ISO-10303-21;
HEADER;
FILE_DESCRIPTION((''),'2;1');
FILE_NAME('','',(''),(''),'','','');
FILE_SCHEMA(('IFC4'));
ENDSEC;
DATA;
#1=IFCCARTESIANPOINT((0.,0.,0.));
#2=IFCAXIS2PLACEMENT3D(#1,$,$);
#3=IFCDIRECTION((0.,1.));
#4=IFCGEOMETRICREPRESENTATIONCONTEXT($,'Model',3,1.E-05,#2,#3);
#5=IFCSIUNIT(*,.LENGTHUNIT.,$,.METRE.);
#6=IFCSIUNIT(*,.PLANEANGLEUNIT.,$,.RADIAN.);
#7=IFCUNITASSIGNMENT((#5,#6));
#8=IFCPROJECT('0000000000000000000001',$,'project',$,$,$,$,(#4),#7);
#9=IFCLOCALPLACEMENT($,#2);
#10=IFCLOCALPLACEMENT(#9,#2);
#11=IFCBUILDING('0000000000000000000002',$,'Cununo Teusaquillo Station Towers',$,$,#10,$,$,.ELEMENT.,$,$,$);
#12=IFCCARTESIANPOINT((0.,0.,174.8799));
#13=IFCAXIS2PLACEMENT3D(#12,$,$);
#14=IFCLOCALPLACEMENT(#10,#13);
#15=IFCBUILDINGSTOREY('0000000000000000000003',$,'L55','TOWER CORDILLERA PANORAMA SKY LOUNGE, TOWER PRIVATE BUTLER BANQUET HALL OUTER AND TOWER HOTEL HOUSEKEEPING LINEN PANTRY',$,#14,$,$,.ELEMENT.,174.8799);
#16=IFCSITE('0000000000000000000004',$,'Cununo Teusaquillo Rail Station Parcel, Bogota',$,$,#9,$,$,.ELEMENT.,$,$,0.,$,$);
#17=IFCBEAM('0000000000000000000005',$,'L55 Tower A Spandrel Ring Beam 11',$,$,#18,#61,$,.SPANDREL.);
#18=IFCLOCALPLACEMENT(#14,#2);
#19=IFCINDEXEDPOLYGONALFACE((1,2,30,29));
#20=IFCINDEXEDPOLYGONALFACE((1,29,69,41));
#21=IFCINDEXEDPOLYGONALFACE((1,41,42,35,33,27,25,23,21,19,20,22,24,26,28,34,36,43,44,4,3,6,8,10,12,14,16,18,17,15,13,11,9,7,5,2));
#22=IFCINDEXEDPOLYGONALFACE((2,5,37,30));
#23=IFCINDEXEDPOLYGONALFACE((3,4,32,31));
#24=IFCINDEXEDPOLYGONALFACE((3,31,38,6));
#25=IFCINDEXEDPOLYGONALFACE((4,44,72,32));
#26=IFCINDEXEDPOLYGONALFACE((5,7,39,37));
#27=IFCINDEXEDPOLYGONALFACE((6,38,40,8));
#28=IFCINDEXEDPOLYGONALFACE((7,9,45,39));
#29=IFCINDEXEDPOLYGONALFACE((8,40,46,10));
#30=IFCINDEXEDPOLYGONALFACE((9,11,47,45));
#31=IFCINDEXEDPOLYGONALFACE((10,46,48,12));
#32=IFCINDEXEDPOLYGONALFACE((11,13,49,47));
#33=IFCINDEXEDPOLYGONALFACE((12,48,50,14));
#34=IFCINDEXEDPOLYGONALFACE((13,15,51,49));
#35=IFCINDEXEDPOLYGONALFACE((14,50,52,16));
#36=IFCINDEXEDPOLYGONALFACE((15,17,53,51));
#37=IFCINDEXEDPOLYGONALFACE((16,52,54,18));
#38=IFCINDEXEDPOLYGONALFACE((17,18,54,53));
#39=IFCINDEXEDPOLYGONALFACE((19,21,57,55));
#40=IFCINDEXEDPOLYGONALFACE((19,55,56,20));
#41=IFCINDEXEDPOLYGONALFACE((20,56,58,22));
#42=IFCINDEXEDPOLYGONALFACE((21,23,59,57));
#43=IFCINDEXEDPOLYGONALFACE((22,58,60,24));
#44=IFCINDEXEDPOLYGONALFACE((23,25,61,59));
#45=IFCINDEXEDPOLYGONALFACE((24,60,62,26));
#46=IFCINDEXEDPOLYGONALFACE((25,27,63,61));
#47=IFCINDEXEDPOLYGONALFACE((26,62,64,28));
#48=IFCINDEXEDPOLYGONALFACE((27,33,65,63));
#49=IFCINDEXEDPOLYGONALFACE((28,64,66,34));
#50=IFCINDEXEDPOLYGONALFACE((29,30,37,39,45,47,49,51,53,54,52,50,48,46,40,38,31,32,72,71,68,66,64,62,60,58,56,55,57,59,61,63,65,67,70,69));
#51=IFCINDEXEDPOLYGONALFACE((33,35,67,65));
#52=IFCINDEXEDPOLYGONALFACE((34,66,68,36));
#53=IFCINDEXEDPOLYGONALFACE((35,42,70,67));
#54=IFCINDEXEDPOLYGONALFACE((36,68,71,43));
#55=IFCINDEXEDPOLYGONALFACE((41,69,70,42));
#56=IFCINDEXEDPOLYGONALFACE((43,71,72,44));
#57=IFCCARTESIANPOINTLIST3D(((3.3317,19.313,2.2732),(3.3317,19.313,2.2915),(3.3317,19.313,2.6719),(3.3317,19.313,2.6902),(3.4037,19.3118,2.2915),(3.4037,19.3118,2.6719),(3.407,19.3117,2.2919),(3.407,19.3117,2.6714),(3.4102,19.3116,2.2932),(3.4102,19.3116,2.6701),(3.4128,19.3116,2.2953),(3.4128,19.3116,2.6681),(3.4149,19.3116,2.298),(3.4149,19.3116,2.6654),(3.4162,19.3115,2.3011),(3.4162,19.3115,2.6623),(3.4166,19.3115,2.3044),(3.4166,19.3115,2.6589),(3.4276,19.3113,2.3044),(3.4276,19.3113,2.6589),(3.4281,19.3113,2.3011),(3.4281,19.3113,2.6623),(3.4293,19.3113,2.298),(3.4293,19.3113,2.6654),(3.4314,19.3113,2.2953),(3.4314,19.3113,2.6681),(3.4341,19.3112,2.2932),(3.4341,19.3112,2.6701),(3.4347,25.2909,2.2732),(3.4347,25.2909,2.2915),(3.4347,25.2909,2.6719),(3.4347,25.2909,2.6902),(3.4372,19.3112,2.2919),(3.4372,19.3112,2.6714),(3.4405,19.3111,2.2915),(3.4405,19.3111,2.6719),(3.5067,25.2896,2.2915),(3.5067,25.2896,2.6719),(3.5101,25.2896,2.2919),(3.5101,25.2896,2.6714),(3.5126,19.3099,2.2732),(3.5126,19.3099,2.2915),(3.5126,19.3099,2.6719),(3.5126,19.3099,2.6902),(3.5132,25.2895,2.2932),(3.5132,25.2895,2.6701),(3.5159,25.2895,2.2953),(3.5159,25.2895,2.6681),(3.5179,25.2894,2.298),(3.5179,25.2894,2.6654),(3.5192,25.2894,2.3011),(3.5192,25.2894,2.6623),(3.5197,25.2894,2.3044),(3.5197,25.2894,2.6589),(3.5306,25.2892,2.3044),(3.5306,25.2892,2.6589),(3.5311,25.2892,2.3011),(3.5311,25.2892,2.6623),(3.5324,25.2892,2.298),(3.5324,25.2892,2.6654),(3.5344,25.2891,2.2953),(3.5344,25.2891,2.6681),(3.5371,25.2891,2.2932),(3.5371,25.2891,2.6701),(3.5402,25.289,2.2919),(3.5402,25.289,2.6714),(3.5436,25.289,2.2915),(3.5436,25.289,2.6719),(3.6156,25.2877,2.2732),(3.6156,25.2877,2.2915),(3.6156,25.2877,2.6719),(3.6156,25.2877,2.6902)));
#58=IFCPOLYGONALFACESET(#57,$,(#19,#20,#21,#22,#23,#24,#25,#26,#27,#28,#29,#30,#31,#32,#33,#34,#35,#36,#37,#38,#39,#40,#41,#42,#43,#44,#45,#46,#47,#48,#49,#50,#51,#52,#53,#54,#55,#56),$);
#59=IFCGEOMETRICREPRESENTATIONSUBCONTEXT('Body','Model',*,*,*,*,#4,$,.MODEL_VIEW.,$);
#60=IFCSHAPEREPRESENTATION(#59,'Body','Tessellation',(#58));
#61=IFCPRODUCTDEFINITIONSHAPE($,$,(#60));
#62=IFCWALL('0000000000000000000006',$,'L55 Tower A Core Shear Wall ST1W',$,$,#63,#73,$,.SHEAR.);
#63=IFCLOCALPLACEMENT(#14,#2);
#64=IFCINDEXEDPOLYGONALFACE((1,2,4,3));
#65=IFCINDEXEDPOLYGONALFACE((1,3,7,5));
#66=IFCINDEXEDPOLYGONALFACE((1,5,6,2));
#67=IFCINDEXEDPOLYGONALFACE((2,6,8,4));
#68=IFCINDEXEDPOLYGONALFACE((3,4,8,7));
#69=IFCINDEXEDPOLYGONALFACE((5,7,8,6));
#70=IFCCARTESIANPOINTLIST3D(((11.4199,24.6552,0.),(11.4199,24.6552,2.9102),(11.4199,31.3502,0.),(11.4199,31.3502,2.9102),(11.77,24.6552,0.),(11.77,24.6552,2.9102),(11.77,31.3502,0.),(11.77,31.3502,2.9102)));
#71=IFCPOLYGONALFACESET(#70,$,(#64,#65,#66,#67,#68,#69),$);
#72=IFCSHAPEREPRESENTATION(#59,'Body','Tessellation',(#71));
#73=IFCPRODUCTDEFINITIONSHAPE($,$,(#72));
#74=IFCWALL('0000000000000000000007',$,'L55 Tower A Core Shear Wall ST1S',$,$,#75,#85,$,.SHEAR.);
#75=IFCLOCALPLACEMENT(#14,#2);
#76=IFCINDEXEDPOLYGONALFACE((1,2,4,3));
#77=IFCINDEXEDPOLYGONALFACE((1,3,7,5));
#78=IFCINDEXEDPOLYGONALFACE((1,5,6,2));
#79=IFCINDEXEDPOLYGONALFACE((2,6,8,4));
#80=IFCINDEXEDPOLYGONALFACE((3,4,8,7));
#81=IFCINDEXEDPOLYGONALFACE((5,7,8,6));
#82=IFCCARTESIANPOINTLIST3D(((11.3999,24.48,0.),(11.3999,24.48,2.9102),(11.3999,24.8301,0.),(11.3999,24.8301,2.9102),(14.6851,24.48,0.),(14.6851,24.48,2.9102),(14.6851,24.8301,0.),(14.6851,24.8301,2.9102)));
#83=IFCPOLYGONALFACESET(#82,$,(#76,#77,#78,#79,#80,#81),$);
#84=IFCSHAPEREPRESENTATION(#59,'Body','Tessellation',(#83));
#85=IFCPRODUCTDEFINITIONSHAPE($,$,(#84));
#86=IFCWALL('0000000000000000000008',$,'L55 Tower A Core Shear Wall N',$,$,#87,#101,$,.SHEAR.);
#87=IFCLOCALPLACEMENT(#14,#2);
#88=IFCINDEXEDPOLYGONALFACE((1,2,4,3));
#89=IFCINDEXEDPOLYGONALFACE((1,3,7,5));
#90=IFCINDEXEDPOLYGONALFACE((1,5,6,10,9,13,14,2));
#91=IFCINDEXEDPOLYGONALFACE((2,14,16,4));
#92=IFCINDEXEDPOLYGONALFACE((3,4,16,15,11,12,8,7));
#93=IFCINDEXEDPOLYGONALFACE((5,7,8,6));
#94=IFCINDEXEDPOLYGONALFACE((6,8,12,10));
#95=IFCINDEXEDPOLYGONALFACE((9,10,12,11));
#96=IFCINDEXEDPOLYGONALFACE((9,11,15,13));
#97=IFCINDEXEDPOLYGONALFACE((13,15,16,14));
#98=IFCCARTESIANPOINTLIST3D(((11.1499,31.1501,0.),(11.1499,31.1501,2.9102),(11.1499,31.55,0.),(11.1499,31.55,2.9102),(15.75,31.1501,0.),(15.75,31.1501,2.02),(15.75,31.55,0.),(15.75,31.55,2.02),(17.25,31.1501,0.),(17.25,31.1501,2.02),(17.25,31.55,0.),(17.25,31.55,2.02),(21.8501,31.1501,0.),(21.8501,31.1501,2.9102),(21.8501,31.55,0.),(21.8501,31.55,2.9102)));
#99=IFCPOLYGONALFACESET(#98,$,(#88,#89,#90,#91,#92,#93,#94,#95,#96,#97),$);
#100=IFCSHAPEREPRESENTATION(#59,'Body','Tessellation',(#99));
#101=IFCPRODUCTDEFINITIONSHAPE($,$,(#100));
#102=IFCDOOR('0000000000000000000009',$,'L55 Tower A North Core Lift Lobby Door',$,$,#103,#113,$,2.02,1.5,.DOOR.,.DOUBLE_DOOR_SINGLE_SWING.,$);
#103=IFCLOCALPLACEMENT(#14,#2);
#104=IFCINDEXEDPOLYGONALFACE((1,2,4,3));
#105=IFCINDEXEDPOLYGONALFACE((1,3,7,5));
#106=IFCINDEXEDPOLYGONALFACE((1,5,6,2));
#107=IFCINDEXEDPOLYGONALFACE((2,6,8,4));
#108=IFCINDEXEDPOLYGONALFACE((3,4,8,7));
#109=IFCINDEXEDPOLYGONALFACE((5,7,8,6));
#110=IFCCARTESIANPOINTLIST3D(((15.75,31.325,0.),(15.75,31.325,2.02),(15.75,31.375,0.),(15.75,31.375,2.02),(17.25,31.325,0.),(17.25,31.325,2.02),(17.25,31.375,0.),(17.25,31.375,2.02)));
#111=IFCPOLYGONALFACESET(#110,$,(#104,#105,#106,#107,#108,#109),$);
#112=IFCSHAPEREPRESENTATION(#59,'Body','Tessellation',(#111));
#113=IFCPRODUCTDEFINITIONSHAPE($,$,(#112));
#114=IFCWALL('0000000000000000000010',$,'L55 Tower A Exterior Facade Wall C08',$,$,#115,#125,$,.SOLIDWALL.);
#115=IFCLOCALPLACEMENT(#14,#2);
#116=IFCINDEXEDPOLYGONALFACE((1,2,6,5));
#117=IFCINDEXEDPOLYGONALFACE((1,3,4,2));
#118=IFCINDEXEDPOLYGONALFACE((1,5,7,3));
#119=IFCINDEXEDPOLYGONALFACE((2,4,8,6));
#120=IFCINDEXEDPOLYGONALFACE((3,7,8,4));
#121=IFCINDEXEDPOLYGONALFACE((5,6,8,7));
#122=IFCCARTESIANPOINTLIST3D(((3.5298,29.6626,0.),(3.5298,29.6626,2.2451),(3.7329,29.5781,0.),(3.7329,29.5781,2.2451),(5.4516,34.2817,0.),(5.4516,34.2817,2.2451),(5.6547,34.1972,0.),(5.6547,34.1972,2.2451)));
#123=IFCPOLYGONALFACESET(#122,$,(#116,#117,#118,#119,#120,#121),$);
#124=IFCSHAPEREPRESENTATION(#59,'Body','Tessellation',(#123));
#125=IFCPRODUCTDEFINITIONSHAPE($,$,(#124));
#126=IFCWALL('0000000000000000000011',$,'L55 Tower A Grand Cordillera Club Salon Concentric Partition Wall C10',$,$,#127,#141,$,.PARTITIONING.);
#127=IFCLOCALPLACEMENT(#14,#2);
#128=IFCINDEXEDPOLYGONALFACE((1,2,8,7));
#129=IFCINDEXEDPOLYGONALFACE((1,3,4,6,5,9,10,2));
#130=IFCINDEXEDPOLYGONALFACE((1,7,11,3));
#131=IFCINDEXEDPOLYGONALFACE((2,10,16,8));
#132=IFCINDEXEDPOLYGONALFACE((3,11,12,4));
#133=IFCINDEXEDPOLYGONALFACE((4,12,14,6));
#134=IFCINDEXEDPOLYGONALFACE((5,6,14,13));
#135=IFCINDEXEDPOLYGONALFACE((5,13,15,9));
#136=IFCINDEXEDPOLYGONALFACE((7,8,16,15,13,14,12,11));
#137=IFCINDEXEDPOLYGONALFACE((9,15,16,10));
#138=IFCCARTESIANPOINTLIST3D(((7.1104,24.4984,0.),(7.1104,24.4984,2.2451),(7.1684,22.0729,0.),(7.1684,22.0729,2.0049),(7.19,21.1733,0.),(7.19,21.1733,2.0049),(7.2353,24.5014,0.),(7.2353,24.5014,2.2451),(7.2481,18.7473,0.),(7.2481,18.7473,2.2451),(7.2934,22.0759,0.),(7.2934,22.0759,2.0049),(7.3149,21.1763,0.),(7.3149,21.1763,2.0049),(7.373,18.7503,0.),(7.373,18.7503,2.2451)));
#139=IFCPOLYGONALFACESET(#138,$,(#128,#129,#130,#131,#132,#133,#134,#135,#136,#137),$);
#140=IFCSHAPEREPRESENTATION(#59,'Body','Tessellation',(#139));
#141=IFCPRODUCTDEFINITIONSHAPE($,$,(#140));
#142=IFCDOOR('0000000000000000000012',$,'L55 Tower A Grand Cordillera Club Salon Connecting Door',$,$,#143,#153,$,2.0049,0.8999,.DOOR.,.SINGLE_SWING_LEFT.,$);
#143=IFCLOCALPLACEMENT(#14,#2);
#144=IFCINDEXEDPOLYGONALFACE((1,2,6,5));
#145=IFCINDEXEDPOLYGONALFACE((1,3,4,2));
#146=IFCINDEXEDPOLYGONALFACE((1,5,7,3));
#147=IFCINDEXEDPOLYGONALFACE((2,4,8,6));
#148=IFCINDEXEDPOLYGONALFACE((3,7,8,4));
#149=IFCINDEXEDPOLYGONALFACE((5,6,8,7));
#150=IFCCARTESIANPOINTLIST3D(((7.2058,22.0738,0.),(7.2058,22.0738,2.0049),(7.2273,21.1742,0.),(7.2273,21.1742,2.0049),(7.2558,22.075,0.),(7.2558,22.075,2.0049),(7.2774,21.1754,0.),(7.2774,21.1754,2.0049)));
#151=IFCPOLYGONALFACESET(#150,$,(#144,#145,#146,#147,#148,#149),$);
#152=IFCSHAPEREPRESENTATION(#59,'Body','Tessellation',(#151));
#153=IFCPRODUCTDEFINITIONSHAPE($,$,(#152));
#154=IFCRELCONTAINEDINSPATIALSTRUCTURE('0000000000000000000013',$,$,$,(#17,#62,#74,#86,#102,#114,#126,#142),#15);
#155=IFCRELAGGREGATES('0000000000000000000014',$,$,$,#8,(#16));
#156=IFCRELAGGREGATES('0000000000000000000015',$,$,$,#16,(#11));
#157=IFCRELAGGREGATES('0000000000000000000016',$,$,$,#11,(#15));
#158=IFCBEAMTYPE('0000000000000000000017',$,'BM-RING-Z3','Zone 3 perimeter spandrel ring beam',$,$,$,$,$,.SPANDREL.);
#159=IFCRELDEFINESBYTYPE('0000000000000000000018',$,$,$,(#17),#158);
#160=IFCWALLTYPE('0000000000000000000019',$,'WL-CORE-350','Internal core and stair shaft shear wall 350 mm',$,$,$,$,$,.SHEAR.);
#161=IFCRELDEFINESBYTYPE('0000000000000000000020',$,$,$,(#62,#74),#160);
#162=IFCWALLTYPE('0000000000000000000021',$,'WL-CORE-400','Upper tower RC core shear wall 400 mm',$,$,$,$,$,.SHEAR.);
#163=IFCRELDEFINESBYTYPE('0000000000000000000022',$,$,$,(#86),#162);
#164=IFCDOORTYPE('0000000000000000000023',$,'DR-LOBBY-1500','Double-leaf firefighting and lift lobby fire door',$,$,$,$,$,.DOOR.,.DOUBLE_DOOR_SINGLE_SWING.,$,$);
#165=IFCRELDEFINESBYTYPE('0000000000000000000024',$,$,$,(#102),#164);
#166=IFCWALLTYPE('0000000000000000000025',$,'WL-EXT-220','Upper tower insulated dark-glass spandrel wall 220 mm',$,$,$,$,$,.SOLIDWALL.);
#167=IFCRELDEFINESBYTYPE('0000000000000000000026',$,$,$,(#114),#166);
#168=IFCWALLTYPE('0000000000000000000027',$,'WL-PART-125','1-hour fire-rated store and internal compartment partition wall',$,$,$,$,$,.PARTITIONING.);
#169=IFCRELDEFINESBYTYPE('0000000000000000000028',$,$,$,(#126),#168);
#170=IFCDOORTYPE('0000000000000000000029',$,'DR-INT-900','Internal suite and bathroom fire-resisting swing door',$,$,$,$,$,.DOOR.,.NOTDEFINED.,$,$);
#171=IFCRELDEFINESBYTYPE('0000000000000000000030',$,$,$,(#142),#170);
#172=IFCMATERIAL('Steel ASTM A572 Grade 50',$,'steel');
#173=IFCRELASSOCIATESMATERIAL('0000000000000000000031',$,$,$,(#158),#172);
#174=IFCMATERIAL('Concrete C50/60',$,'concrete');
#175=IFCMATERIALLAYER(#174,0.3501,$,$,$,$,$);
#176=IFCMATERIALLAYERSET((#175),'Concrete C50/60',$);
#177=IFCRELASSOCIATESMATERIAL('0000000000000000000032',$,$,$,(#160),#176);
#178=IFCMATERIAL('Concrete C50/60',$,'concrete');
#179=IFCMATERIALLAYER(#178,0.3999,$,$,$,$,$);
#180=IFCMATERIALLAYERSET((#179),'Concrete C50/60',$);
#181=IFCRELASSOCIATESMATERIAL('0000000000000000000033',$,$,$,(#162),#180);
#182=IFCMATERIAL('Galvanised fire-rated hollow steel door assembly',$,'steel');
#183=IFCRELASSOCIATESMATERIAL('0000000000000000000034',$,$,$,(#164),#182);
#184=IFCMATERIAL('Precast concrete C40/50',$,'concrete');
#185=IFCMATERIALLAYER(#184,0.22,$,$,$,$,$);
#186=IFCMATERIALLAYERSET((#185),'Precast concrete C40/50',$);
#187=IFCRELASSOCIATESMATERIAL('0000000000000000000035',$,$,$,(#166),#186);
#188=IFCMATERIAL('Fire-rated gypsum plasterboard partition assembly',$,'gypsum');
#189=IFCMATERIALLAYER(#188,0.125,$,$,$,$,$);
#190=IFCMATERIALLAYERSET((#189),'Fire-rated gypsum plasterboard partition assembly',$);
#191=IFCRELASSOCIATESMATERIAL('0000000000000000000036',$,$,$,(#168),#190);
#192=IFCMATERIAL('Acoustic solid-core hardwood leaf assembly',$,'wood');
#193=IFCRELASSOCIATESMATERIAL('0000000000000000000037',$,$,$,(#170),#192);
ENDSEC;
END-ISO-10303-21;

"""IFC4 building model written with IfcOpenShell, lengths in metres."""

from ifc_helpers import new_model, si_unit, direction, frame, frame_2d, origin, origin_2d, place, context, subcontext, project, spatial, rectangle, i_section, extrude, source, transform, mapped, material, layer, layer_set, material_profile, profile_set, type_object, element, fill, save


model = new_model("IFC4")

# Units and contexts
model_context = context("Model", 3, precision=1e-05, world=origin(), true_north=direction((0.0, 1.0)))
body_context = subcontext(model_context, "Body", "Model", "MODEL_VIEW")
ifc_project = project(units=[si_unit("LENGTHUNIT", "METRE"), si_unit("PLANEANGLEUNIT", "RADIAN")], contexts=[model_context])

# Site, building, storey
site_placement = place(None, origin())
site = spatial("IfcSite", under=ifc_project, at=site_placement, Name="Cununo Teusaquillo Rail Station Parcel, Bogota", CompositionType="ELEMENT", RefElevation=0.0)
building_placement = place(site_placement, origin())
building = spatial("IfcBuilding", under=site, at=building_placement, Name="Cununo Teusaquillo Station Towers", CompositionType="ELEMENT")
storey_placement = place(building_placement, frame((0.0, 0.0, 174.8799)))
storey = spatial("IfcBuildingStorey", under=building, at=storey_placement, Name="L55", Description="TOWER CORDILLERA PANORAMA SKY LOUNGE, TOWER PRIVATE BUTLER BANQUET HALL OUTER AND TOWER HOTEL HOUSEKEEPING LINEN PANTRY", CompositionType="ELEMENT", Elevation=174.8799)

# Beam
ifc_material_1 = material(Name="Steel ASTM A572 Grade 50", Category="steel")
ifc_material_profile_1 = material_profile(ifc_material_1, i_section(OverallWidth=0.1809, OverallDepth=0.417, WebThickness=0.011, FlangeThickness=0.0183, FilletRadius=0.0129, at=origin_2d()), Name="W16X57")
ifc_profile_set_1 = profile_set([ifc_material_profile_1], Name="Steel ASTM A572 Grade 50")
beam_type_1 = type_object("IfcBeamType", Name="BM-RING-Z3", Description="Zone 3 perimeter spandrel ring beam", PredefinedType="SPANDREL", material=ifc_profile_set_1)
beam_1_placement = place(storey_placement, frame((3.5251, 25.2893, 2.4817), z_axis=(-0.017232, -0.999852, 0.0), x_axis=(0.999852, -0.017232, 0.0)))
element("IfcBeam", 1, at=beam_1_placement, inside=storey, type_object=beam_type_1, Name="L55 Tower A Spandrel Ring Beam 11", PredefinedType="SPANDREL", context=body_context, shape_type="SweptSolid", body=[
    extrude(i_section(OverallWidth=0.1809, OverallDepth=0.417, WebThickness=0.011, FlangeThickness=0.0183, FilletRadius=0.0129, at=origin_2d()), origin(), (0.0, 0.0, 1.0), 5.9788),
])

# Walls
ifc_material_2 = material(Name="Concrete C50/60", Category="concrete")
ifc_layer_1 = layer(ifc_material_2, 0.3501)
ifc_layer_set_1 = layer_set([ifc_layer_1], Name="Concrete C50/60")
wall_type_1 = type_object("IfcWallType", Name="WL-CORE-350", Description="Internal core and stair shaft shear wall 350 mm", PredefinedType="SHEAR", material=ifc_layer_set_1)
wall_1_placement = place(storey_placement, frame((11.595, 24.655, 0.0), z_axis=(0.0, 0.0, 1.0), x_axis=(0.0, 1.0, 0.0)))
element("IfcWall", 2, at=wall_1_placement, inside=storey, type_object=wall_type_1, Name="L55 Tower A Core Shear Wall ST1W", PredefinedType="SHEAR", context=body_context, shape_type="SweptSolid", body=[
    extrude(rectangle(XDim=6.6951, YDim=0.3501, at=frame_2d((3.3477, 0.0))), origin(), (0.0, 0.0, 1.0), 2.9102),
])
wall_2_placement = place(storey_placement, frame((11.3999, 24.655, 0.0), z_axis=(0.0, 0.0, 1.0), x_axis=(1.0, 0.0, 0.0)))
element("IfcWall", 3, at=wall_2_placement, inside=storey, type_object=wall_type_1, Name="L55 Tower A Core Shear Wall ST1S", PredefinedType="SHEAR", context=body_context, shape_type="SweptSolid", body=[
    extrude(rectangle(XDim=3.2852, YDim=0.3501, at=frame_2d((1.6426, 0.0))), origin(), (0.0, 0.0, 1.0), 2.9102),
])

# Wall, opening, door
ifc_material_3 = material(Name="Concrete C50/60", Category="concrete")
ifc_layer_2 = layer(ifc_material_3, 0.3999)
ifc_layer_set_2 = layer_set([ifc_layer_2], Name="Concrete C50/60")
wall_type_2 = type_object("IfcWallType", Name="WL-CORE-400", Description="Upper tower RC core shear wall 400 mm", PredefinedType="SHEAR", material=ifc_layer_set_2)
wall_3_placement = place(storey_placement, frame((11.1499, 31.3501, 0.0), z_axis=(0.0, 0.0, 1.0), x_axis=(1.0, 0.0, 0.0)))
wall_3 = element("IfcWall", 4, at=wall_3_placement, inside=storey, type_object=wall_type_2, Name="L55 Tower A Core Shear Wall N", PredefinedType="SHEAR", context=body_context, shape_type="SweptSolid", body=[
    extrude(rectangle(XDim=10.7002, YDim=0.3999, at=frame_2d((5.3501, 0.0))), origin(), (0.0, 0.0, 1.0), 2.9102),
])
shared_shape_1 = source(origin(), body_context, "Body", "SweptSolid", [
    extrude(rectangle(XDim=1.5, YDim=2.02, at=frame_2d((0.75, 1.01))), frame((0.0, 0.21, 0.0), z_axis=(0.0, -1.0, 0.0), x_axis=(1.0, 0.0, 0.0)), (0.0, 0.0, 1.0), 0.4199),
])
opening_1_placement = place(wall_3_placement, frame((4.6001, 0.0, 0.0)))
opening_1 = element("IfcOpeningElement", 5, at=opening_1_placement, cuts=wall_3, PredefinedType="OPENING", context=body_context, shape_type="MappedRepresentation", body=[
    mapped(shared_shape_1, transform((0.0, 0.0, 0.0), x_axis=(1.0, 0.0, 0.0), y_axis=(0.0, 1.0, 0.0), z_axis=(0.0, 0.0, 1.0), scale=1.0)),
])
ifc_material_4 = material(Name="Galvanised fire-rated hollow steel door assembly", Category="steel")
door_type_1 = type_object("IfcDoorType", Name="DR-LOBBY-1500", Description="Double-leaf firefighting and lift lobby fire door", OperationType="DOUBLE_DOOR_SINGLE_SWING", PredefinedType="DOOR", material=ifc_material_4)
shared_shape_2 = source(origin(), body_context, "Body", "SweptSolid", [
    extrude(rectangle(XDim=1.5, YDim=2.02, at=frame_2d((0.75, 1.01))), frame((0.0, 0.0249, 0.0), z_axis=(0.0, -1.0, 0.0), x_axis=(1.0, 0.0, 0.0)), (0.0, 0.0, 1.0), 0.05),
])
door_1_placement = place(opening_1_placement, origin())
door_1 = element("IfcDoor", 6, at=door_1_placement, inside=storey, type_object=door_type_1, Name="L55 Tower A North Core Lift Lobby Door", OperationType="DOUBLE_DOOR_SINGLE_SWING", OverallHeight=2.02, OverallWidth=1.5, PredefinedType="DOOR", context=body_context, shape_type="MappedRepresentation", body=[
    mapped(shared_shape_2, transform((0.0, 0.0, 0.0), x_axis=(1.0, 0.0, 0.0), y_axis=(0.0, 1.0, 0.0), z_axis=(0.0, 0.0, 1.0), scale=1.0)),
])
fill(opening_1, door_1)

# Wall
ifc_material_5 = material(Name="Precast concrete C40/50", Category="concrete")
ifc_layer_3 = layer(ifc_material_5, 0.22)
ifc_layer_set_3 = layer_set([ifc_layer_3], Name="Precast concrete C40/50")
wall_type_3 = type_object("IfcWallType", Name="WL-EXT-220", Description="Upper tower insulated dark-glass spandrel wall 220 mm", PredefinedType="SOLIDWALL", material=ifc_layer_set_3)
wall_4_placement = place(storey_placement, frame((3.6313, 29.6204, 0.0), z_axis=(0.0, 0.0, 1.0), x_axis=(0.384144, 0.923273, 0.0)))
element("IfcWall", 7, at=wall_4_placement, inside=storey, type_object=wall_type_3, Name="L55 Tower A Exterior Facade Wall C08", PredefinedType="SOLIDWALL", context=body_context, shape_type="SweptSolid", body=[
    extrude(rectangle(XDim=5.0029, YDim=0.22, at=frame_2d((2.5015, 0.0))), origin(), (0.0, 0.0, 1.0), 2.2451),
])

# Wall, opening, door
ifc_material_6 = material(Name="Fire-rated gypsum plasterboard partition assembly", Category="gypsum")
ifc_layer_4 = layer(ifc_material_6, 0.125)
ifc_layer_set_4 = layer_set([ifc_layer_4], Name="Fire-rated gypsum plasterboard partition assembly")
wall_type_4 = type_object("IfcWallType", Name="WL-PART-125", Description="1-hour fire-rated store and internal compartment partition wall", PredefinedType="PARTITIONING", material=ifc_layer_set_4)
wall_5_placement = place(storey_placement, frame((7.1729, 24.5, 0.0), z_axis=(0.0, 0.0, 1.0), x_axis=(0.023936, -0.999713, 0.0)))
wall_5 = element("IfcWall", 8, at=wall_5_placement, inside=storey, type_object=wall_type_4, Name="L55 Tower A Grand Cordillera Club Salon Concentric Partition Wall C10", PredefinedType="PARTITIONING", context=body_context, shape_type="SweptSolid", body=[
    extrude(rectangle(XDim=5.7527, YDim=0.125, at=frame_2d((2.8765, 0.0))), origin(), (0.0, 0.0, 1.0), 2.2451),
])
shared_shape_3 = source(origin(), body_context, "Body", "SweptSolid", [
    extrude(rectangle(XDim=0.8999, YDim=2.0049, at=frame_2d((0.45, 1.0024))), frame((0.0, 0.0725, 0.0), z_axis=(0.0, -1.0, 0.0), x_axis=(1.0, 0.0, 0.0)), (0.0, 0.0, 1.0), 0.145),
])
opening_2_placement = place(wall_5_placement, frame((2.4263, 0.0, 0.0)))
opening_2 = element("IfcOpeningElement", 9, at=opening_2_placement, cuts=wall_5, PredefinedType="OPENING", context=body_context, shape_type="MappedRepresentation", body=[
    mapped(shared_shape_3, transform((0.0, 0.0, 0.0), x_axis=(1.0, 0.0, 0.0), y_axis=(0.0, 1.0, 0.0), z_axis=(0.0, 0.0, 1.0), scale=1.0)),
])
ifc_material_7 = material(Name="Acoustic solid-core hardwood leaf assembly", Category="wood")
door_type_2 = type_object("IfcDoorType", Name="DR-INT-900", Description="Internal suite and bathroom fire-resisting swing door", OperationType="NOTDEFINED", PredefinedType="DOOR", material=ifc_material_7)
shared_shape_4 = source(origin(), body_context, "Body", "SweptSolid", [
    extrude(rectangle(XDim=0.8999, YDim=2.0049, at=frame_2d((0.45, 1.0024))), frame((0.0, 0.0249, 0.0), z_axis=(0.0, -1.0, 0.0), x_axis=(1.0, 0.0, 0.0)), (0.0, 0.0, 1.0), 0.05),
])
door_2_placement = place(opening_2_placement, origin())
door_2 = element("IfcDoor", 10, at=door_2_placement, inside=storey, type_object=door_type_2, Name="L55 Tower A Grand Cordillera Club Salon Connecting Door", OperationType="SINGLE_SWING_LEFT", OverallHeight=2.0049, OverallWidth=0.8999, PredefinedType="DOOR", context=body_context, shape_type="MappedRepresentation", body=[
    mapped(shared_shape_4, transform((0.0, 0.0, 0.0), x_axis=(1.0, 0.0, 0.0), y_axis=(0.0, 1.0, 0.0), z_axis=(0.0, 0.0, 1.0), scale=1.0)),
])
fill(opening_2, door_2)

save(model, "model.ifc")
